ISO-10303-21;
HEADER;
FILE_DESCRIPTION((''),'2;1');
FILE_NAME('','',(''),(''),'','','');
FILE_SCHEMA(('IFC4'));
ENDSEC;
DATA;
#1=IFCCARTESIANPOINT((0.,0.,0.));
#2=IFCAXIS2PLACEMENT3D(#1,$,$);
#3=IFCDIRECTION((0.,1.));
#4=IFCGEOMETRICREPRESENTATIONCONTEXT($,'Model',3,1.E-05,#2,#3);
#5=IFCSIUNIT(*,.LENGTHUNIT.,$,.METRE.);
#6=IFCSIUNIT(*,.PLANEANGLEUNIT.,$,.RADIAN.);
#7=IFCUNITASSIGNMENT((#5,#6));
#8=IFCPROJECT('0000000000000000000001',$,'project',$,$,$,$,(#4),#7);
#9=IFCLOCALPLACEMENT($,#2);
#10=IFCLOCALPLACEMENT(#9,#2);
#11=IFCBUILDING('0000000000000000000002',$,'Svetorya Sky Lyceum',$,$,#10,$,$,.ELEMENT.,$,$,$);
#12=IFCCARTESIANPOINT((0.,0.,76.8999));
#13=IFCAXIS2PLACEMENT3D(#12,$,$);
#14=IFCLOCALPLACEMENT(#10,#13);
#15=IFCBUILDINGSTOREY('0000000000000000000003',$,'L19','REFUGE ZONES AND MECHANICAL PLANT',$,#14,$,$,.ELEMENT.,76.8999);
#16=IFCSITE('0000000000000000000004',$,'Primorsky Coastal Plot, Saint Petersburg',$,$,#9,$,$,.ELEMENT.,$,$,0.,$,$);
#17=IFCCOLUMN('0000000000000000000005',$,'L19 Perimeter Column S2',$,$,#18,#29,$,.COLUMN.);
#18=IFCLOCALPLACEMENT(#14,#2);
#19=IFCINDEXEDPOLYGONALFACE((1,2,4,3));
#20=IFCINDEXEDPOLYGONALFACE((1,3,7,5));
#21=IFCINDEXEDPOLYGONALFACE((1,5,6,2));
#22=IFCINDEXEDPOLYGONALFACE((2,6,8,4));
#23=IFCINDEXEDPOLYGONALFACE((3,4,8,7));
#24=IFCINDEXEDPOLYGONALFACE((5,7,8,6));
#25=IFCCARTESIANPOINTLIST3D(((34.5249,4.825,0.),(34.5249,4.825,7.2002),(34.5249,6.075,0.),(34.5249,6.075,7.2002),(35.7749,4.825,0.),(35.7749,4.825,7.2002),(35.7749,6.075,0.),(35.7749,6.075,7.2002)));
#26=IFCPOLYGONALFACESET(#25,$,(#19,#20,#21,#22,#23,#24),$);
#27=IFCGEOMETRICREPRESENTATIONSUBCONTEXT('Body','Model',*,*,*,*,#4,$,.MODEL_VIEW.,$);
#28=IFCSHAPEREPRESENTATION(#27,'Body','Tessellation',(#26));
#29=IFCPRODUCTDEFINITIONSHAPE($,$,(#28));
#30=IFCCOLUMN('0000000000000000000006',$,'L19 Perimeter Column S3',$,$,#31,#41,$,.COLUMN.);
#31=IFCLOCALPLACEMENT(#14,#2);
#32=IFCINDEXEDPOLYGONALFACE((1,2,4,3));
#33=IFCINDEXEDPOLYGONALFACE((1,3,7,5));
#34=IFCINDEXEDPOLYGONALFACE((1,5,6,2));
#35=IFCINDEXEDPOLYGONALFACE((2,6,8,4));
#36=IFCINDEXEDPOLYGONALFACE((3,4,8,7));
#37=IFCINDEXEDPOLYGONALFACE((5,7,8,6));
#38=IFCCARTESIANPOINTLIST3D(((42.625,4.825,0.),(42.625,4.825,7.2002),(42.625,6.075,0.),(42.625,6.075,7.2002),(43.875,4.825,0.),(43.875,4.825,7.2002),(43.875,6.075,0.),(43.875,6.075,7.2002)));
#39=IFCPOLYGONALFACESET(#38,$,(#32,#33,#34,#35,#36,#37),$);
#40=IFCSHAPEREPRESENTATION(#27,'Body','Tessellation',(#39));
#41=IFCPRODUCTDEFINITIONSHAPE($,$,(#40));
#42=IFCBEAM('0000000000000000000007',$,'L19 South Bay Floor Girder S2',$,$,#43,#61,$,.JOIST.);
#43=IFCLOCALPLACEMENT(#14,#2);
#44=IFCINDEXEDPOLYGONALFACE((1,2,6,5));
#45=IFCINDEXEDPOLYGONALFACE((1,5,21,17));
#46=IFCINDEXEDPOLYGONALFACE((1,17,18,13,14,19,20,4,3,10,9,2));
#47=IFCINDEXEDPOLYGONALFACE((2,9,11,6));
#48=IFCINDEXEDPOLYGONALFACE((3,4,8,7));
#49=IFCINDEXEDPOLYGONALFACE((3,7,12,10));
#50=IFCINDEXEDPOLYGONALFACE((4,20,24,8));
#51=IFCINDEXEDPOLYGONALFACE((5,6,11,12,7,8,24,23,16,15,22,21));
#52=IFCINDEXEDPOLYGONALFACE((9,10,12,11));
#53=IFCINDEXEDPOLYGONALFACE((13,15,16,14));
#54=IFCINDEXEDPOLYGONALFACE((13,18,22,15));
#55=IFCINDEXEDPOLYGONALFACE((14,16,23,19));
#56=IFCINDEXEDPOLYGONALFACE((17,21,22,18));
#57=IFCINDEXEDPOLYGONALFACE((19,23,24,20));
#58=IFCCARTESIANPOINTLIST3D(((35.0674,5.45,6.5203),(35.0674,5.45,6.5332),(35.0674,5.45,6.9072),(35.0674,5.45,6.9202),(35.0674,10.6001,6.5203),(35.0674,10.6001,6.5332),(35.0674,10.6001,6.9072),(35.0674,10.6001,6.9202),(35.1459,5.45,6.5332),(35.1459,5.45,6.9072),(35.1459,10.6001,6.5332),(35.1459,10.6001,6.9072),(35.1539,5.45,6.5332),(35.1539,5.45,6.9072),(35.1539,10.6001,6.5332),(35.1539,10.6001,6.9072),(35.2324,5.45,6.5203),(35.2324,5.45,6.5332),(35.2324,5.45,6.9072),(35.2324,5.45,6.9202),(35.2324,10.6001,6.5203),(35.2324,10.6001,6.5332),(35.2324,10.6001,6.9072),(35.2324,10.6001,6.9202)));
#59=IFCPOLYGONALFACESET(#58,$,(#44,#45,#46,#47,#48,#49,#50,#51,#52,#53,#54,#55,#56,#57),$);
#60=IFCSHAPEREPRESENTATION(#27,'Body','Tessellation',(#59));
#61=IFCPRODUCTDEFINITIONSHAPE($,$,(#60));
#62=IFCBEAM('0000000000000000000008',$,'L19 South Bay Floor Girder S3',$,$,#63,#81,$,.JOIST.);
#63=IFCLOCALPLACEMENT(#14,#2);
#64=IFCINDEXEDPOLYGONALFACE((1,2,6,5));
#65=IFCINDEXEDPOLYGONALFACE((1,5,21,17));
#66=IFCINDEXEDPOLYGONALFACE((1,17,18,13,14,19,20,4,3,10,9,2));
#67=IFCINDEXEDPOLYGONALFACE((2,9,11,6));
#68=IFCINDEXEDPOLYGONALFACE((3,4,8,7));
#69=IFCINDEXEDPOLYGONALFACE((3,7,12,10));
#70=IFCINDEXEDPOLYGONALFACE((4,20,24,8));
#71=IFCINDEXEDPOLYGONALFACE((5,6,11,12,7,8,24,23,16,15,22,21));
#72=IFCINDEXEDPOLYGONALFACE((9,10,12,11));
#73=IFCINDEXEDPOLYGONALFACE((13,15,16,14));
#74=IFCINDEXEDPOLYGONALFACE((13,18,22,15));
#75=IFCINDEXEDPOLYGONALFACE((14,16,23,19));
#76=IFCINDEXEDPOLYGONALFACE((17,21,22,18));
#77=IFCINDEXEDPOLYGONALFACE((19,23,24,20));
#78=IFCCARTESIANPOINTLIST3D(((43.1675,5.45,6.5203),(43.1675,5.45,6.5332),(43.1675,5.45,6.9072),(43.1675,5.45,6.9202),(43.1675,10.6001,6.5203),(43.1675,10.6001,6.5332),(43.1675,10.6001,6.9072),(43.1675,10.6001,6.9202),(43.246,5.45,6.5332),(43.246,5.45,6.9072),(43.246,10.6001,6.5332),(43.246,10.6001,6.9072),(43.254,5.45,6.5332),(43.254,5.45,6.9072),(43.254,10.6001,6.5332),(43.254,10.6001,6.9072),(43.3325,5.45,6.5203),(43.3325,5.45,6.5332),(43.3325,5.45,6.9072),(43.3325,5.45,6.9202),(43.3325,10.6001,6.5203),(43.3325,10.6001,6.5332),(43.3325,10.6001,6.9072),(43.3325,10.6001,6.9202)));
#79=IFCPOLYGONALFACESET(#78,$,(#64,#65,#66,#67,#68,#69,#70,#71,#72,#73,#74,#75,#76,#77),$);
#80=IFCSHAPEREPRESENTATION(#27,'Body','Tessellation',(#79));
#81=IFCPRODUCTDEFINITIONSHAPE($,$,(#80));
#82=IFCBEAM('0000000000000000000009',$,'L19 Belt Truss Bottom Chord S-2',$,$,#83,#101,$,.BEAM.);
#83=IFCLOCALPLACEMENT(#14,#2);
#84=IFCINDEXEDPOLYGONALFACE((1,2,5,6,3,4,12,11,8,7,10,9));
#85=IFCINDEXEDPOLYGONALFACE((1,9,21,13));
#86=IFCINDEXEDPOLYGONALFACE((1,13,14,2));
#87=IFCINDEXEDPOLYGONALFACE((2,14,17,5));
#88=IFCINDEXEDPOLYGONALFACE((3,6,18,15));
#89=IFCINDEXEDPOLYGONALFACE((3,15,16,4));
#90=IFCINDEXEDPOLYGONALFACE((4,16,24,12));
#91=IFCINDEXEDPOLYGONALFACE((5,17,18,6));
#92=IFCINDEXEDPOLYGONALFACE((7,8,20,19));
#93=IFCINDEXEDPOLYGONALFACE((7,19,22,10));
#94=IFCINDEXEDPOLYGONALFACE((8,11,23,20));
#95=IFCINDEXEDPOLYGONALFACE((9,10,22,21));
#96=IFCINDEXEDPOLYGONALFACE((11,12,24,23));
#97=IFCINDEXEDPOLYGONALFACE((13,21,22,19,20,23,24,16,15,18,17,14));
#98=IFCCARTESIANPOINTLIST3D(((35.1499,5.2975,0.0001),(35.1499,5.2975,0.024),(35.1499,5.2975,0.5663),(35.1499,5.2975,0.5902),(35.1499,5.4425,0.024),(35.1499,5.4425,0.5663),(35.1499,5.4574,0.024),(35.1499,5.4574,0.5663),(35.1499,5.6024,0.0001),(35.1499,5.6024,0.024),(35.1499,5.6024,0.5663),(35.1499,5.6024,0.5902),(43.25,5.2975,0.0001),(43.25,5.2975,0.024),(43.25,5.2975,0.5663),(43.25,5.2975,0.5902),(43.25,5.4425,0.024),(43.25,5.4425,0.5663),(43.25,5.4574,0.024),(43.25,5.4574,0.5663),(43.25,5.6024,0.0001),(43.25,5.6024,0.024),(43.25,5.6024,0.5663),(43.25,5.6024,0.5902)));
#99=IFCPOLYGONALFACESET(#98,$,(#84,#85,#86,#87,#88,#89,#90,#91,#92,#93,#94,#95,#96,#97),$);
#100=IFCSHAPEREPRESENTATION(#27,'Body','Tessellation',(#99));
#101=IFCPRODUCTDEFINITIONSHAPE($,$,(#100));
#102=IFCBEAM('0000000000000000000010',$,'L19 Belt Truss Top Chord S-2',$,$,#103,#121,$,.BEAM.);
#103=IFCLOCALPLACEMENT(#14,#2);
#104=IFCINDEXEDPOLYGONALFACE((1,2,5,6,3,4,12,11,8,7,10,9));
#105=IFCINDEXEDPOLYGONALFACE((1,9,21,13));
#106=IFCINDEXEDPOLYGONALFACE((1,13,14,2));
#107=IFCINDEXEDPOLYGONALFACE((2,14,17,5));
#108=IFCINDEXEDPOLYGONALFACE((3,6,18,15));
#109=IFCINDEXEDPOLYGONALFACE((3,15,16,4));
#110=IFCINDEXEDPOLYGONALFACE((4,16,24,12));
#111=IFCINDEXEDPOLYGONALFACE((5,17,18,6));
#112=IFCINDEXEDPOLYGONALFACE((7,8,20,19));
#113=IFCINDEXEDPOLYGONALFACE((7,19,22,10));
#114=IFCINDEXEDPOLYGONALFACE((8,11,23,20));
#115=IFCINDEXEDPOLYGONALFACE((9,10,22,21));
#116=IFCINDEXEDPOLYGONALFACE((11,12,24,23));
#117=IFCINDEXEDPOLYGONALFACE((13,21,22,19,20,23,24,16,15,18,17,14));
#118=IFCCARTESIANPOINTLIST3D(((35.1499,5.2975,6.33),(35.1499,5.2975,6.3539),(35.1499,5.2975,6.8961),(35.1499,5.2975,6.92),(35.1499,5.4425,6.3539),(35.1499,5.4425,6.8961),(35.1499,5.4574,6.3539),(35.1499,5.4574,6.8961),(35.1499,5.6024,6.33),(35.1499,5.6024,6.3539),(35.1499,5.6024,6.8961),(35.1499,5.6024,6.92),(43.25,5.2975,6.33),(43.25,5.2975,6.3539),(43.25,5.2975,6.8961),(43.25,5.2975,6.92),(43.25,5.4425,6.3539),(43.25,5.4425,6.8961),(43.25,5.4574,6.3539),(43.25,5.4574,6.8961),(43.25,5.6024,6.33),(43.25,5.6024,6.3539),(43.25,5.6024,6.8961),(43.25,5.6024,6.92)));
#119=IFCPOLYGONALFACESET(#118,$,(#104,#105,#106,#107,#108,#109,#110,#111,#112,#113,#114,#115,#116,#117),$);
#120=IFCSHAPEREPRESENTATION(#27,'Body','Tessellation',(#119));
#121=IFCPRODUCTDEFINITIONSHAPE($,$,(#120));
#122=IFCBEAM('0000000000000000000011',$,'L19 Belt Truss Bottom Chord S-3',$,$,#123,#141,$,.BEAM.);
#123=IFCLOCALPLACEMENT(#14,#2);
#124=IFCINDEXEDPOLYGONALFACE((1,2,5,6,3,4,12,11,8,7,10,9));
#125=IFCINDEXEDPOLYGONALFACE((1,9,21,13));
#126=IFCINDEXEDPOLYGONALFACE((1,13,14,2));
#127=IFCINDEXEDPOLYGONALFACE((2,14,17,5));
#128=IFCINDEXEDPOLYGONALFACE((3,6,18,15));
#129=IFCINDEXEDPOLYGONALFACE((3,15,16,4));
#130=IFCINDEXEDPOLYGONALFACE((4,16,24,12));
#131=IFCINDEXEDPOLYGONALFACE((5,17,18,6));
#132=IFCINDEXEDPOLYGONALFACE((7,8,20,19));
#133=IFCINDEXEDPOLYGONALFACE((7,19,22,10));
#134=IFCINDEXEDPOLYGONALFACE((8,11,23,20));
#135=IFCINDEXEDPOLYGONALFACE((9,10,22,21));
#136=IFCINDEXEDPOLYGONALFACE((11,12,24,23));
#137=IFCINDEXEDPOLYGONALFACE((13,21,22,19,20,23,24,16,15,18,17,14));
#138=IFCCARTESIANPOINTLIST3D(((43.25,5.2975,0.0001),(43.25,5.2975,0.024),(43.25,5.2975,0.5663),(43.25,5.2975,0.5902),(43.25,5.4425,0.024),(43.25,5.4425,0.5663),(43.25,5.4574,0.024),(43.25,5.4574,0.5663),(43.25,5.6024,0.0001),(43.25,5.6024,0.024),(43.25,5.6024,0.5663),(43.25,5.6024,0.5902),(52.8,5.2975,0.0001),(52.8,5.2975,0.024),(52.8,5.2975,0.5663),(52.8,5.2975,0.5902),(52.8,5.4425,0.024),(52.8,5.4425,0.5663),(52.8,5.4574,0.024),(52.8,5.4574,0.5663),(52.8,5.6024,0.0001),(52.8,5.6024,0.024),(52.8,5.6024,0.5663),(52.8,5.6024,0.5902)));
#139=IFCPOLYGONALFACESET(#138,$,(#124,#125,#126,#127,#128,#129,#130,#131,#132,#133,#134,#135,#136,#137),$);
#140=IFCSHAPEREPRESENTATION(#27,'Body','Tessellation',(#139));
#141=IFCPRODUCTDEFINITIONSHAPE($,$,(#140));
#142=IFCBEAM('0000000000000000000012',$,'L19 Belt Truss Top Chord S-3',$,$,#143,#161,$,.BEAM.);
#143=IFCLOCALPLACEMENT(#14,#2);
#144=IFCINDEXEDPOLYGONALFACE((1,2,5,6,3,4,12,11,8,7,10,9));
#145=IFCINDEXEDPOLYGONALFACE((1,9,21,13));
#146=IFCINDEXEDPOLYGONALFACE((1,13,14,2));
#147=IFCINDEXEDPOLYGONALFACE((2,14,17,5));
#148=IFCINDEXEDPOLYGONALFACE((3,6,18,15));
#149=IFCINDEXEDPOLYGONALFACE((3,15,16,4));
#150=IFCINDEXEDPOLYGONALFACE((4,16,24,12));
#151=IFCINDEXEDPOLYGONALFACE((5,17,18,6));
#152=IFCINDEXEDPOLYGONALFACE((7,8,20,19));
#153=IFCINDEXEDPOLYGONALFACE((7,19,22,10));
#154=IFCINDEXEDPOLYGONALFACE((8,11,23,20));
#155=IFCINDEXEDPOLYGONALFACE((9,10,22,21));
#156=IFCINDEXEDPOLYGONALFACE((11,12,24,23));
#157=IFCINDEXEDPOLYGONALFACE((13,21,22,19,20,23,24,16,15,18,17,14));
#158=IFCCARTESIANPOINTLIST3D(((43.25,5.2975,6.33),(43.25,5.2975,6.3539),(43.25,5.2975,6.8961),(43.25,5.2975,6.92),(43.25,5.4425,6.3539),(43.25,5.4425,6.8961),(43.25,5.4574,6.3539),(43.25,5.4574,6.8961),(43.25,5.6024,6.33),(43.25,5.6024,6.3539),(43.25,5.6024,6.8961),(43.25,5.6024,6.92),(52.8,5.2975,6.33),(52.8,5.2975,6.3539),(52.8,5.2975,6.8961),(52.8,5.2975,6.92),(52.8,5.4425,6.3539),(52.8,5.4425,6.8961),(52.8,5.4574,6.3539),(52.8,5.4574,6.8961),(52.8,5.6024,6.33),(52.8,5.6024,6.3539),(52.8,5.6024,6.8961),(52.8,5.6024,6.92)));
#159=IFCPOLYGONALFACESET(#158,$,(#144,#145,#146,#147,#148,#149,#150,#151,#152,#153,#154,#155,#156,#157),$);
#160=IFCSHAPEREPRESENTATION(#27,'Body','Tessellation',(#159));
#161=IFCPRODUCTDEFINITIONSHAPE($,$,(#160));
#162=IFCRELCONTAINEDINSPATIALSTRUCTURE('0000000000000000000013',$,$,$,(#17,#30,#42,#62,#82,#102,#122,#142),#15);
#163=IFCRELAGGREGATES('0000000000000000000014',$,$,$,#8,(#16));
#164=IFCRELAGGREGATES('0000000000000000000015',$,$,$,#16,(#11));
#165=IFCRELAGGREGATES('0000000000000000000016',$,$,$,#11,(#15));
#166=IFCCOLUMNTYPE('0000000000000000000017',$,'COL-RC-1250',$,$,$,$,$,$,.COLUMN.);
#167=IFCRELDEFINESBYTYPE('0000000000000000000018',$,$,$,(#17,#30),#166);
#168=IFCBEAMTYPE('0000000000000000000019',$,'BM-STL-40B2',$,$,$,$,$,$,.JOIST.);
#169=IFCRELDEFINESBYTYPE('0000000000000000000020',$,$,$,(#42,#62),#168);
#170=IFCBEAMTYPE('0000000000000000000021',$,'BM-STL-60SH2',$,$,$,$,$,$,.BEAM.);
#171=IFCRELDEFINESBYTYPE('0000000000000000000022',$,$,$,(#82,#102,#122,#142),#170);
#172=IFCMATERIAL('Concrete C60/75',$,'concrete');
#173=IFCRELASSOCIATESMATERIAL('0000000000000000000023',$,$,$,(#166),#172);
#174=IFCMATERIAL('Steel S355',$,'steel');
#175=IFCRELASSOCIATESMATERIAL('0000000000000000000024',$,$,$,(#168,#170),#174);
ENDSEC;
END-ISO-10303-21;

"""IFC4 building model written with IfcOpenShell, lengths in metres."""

from ifc_helpers import new_model, si_unit, direction, frame, origin, origin_2d, place, context, subcontext, project, spatial, rectangle, i_section, extrude, material, material_profile, profile_set, type_object, element, save


model = new_model("IFC4")

# Units and contexts
model_context = context("Model", 3, precision=1e-05, world=origin(), true_north=direction((0.0, 1.0)))
body_context = subcontext(model_context, "Body", "Model", "MODEL_VIEW")
ifc_project = project(units=[si_unit("LENGTHUNIT", "METRE"), si_unit("PLANEANGLEUNIT", "RADIAN")], contexts=[model_context])

# Site, building, storey
site_placement = place(None, origin())
site = spatial("IfcSite", under=ifc_project, at=site_placement, Name="Primorsky Coastal Plot, Saint Petersburg", CompositionType="ELEMENT", RefElevation=0.0)
building_placement = place(site_placement, origin())
building = spatial("IfcBuilding", under=site, at=building_placement, Name="Svetorya Sky Lyceum", CompositionType="ELEMENT")
storey_placement = place(building_placement, frame((0.0, 0.0, 76.8999)))
storey = spatial("IfcBuildingStorey", under=building, at=storey_placement, Name="L19", Description="REFUGE ZONES AND MECHANICAL PLANT", CompositionType="ELEMENT", Elevation=76.8999)

# Columns
ifc_material_1 = material(Name="Concrete C60/75", Category="concrete")
ifc_material_profile_1 = material_profile(ifc_material_1, rectangle(XDim=1.25, YDim=1.25, at=origin_2d()), Name="RC COL 1250x1250")
ifc_profile_set_1 = profile_set([ifc_material_profile_1], Name="Concrete C60/75")
column_type = type_object("IfcColumnType", Name="COL-RC-1250", PredefinedType="COLUMN", material=ifc_profile_set_1)
for number, where, z_axis, x_axis, name in (
    (1, (35.1499, 5.45, 0.0), (0.0, 0.0, 1.0), (1.0, 0.0, 0.0), "L19 Perimeter Column S2"),
    (2, (43.25, 5.45, 0.0), (0.0, 0.0, 1.0), (1.0, 0.0, 0.0), "L19 Perimeter Column S3"),
):
    element("IfcColumn", number, at=place(storey_placement, frame(where, z_axis=z_axis, x_axis=x_axis)), inside=storey, type_object=column_type, Name=name, PredefinedType="COLUMN", context=body_context, shape_type="SweptSolid", body=[
        extrude(rectangle(XDim=1.25, YDim=1.25, at=origin_2d()), origin(), (0.0, 0.0, 1.0), 7.2002),
    ])

# Beams
ifc_material_2 = material(Name="Steel S355", Category="steel")
ifc_material_profile_2 = material_profile(ifc_material_2, i_section(OverallWidth=0.165, OverallDepth=0.3999, WebThickness=0.0081, FlangeThickness=0.0129, at=origin_2d()), Name="GOST 40B2")
ifc_profile_set_2 = profile_set([ifc_material_profile_2], Name="Steel S355")
beam_type_1 = type_object("IfcBeamType", Name="BM-STL-40B2", PredefinedType="JOIST", material=ifc_profile_set_2)
for number, where, z_axis, x_axis, name in (
    (3, (35.1499, 5.45, 6.7202), (0.0, 1.0, 0.0), (-1.0, 0.0, 0.0), "L19 South Bay Floor Girder S2"),
    (4, (43.25, 5.45, 6.7202), (0.0, 1.0, 0.0), (-1.0, 0.0, 0.0), "L19 South Bay Floor Girder S3"),
):
    element("IfcBeam", number, at=place(storey_placement, frame(where, z_axis=z_axis, x_axis=x_axis)), inside=storey, type_object=beam_type_1, Name=name, PredefinedType="JOIST", context=body_context, shape_type="SweptSolid", body=[
        extrude(i_section(OverallWidth=0.165, OverallDepth=0.3999, WebThickness=0.0081, FlangeThickness=0.0129, at=origin_2d()), origin(), (0.0, 0.0, 1.0), 5.1501),
    ])
ifc_material_profile_3 = material_profile(ifc_material_2, i_section(OverallWidth=0.3049, OverallDepth=0.5901, WebThickness=0.0149, FlangeThickness=0.0239, at=origin_2d()), Name="GOST 60Sh2")
ifc_profile_set_3 = profile_set([ifc_material_profile_3], Name="Steel S355")
beam_type_2 = type_object("IfcBeamType", Name="BM-STL-60SH2", PredefinedType="BEAM", material=ifc_profile_set_3)
for number, where, z_axis, x_axis, name in (
    (5, (35.1499, 5.45, 0.2952), (1.0, 0.0, 0.0), (0.0, 1.0, 0.0), "L19 Belt Truss Bottom Chord S-2"),
    (6, (35.1499, 5.45, 6.625), (1.0, 0.0, 0.0), (0.0, 1.0, 0.0), "L19 Belt Truss Top Chord S-2"),
):
    element("IfcBeam", number, at=place(storey_placement, frame(where, z_axis=z_axis, x_axis=x_axis)), inside=storey, type_object=beam_type_2, Name=name, PredefinedType="BEAM", context=body_context, shape_type="SweptSolid", body=[
        extrude(i_section(OverallWidth=0.3049, OverallDepth=0.5901, WebThickness=0.0149, FlangeThickness=0.0239, at=origin_2d()), origin(), (0.0, 0.0, 1.0), 8.1001),
    ])
for number, where, z_axis, x_axis, name in (
    (7, (43.25, 5.45, 0.2952), (1.0, 0.0, 0.0), (0.0, 1.0, 0.0), "L19 Belt Truss Bottom Chord S-3"),
    (8, (43.25, 5.45, 6.625), (1.0, 0.0, 0.0), (0.0, 1.0, 0.0), "L19 Belt Truss Top Chord S-3"),
):
    element("IfcBeam", number, at=place(storey_placement, frame(where, z_axis=z_axis, x_axis=x_axis)), inside=storey, type_object=beam_type_2, Name=name, PredefinedType="BEAM", context=body_context, shape_type="SweptSolid", body=[
        extrude(i_section(OverallWidth=0.3049, OverallDepth=0.5901, WebThickness=0.0149, FlangeThickness=0.0239, at=origin_2d()), origin(), (0.0, 0.0, 1.0), 9.55),
    ])

save(model, "model.ifc")
